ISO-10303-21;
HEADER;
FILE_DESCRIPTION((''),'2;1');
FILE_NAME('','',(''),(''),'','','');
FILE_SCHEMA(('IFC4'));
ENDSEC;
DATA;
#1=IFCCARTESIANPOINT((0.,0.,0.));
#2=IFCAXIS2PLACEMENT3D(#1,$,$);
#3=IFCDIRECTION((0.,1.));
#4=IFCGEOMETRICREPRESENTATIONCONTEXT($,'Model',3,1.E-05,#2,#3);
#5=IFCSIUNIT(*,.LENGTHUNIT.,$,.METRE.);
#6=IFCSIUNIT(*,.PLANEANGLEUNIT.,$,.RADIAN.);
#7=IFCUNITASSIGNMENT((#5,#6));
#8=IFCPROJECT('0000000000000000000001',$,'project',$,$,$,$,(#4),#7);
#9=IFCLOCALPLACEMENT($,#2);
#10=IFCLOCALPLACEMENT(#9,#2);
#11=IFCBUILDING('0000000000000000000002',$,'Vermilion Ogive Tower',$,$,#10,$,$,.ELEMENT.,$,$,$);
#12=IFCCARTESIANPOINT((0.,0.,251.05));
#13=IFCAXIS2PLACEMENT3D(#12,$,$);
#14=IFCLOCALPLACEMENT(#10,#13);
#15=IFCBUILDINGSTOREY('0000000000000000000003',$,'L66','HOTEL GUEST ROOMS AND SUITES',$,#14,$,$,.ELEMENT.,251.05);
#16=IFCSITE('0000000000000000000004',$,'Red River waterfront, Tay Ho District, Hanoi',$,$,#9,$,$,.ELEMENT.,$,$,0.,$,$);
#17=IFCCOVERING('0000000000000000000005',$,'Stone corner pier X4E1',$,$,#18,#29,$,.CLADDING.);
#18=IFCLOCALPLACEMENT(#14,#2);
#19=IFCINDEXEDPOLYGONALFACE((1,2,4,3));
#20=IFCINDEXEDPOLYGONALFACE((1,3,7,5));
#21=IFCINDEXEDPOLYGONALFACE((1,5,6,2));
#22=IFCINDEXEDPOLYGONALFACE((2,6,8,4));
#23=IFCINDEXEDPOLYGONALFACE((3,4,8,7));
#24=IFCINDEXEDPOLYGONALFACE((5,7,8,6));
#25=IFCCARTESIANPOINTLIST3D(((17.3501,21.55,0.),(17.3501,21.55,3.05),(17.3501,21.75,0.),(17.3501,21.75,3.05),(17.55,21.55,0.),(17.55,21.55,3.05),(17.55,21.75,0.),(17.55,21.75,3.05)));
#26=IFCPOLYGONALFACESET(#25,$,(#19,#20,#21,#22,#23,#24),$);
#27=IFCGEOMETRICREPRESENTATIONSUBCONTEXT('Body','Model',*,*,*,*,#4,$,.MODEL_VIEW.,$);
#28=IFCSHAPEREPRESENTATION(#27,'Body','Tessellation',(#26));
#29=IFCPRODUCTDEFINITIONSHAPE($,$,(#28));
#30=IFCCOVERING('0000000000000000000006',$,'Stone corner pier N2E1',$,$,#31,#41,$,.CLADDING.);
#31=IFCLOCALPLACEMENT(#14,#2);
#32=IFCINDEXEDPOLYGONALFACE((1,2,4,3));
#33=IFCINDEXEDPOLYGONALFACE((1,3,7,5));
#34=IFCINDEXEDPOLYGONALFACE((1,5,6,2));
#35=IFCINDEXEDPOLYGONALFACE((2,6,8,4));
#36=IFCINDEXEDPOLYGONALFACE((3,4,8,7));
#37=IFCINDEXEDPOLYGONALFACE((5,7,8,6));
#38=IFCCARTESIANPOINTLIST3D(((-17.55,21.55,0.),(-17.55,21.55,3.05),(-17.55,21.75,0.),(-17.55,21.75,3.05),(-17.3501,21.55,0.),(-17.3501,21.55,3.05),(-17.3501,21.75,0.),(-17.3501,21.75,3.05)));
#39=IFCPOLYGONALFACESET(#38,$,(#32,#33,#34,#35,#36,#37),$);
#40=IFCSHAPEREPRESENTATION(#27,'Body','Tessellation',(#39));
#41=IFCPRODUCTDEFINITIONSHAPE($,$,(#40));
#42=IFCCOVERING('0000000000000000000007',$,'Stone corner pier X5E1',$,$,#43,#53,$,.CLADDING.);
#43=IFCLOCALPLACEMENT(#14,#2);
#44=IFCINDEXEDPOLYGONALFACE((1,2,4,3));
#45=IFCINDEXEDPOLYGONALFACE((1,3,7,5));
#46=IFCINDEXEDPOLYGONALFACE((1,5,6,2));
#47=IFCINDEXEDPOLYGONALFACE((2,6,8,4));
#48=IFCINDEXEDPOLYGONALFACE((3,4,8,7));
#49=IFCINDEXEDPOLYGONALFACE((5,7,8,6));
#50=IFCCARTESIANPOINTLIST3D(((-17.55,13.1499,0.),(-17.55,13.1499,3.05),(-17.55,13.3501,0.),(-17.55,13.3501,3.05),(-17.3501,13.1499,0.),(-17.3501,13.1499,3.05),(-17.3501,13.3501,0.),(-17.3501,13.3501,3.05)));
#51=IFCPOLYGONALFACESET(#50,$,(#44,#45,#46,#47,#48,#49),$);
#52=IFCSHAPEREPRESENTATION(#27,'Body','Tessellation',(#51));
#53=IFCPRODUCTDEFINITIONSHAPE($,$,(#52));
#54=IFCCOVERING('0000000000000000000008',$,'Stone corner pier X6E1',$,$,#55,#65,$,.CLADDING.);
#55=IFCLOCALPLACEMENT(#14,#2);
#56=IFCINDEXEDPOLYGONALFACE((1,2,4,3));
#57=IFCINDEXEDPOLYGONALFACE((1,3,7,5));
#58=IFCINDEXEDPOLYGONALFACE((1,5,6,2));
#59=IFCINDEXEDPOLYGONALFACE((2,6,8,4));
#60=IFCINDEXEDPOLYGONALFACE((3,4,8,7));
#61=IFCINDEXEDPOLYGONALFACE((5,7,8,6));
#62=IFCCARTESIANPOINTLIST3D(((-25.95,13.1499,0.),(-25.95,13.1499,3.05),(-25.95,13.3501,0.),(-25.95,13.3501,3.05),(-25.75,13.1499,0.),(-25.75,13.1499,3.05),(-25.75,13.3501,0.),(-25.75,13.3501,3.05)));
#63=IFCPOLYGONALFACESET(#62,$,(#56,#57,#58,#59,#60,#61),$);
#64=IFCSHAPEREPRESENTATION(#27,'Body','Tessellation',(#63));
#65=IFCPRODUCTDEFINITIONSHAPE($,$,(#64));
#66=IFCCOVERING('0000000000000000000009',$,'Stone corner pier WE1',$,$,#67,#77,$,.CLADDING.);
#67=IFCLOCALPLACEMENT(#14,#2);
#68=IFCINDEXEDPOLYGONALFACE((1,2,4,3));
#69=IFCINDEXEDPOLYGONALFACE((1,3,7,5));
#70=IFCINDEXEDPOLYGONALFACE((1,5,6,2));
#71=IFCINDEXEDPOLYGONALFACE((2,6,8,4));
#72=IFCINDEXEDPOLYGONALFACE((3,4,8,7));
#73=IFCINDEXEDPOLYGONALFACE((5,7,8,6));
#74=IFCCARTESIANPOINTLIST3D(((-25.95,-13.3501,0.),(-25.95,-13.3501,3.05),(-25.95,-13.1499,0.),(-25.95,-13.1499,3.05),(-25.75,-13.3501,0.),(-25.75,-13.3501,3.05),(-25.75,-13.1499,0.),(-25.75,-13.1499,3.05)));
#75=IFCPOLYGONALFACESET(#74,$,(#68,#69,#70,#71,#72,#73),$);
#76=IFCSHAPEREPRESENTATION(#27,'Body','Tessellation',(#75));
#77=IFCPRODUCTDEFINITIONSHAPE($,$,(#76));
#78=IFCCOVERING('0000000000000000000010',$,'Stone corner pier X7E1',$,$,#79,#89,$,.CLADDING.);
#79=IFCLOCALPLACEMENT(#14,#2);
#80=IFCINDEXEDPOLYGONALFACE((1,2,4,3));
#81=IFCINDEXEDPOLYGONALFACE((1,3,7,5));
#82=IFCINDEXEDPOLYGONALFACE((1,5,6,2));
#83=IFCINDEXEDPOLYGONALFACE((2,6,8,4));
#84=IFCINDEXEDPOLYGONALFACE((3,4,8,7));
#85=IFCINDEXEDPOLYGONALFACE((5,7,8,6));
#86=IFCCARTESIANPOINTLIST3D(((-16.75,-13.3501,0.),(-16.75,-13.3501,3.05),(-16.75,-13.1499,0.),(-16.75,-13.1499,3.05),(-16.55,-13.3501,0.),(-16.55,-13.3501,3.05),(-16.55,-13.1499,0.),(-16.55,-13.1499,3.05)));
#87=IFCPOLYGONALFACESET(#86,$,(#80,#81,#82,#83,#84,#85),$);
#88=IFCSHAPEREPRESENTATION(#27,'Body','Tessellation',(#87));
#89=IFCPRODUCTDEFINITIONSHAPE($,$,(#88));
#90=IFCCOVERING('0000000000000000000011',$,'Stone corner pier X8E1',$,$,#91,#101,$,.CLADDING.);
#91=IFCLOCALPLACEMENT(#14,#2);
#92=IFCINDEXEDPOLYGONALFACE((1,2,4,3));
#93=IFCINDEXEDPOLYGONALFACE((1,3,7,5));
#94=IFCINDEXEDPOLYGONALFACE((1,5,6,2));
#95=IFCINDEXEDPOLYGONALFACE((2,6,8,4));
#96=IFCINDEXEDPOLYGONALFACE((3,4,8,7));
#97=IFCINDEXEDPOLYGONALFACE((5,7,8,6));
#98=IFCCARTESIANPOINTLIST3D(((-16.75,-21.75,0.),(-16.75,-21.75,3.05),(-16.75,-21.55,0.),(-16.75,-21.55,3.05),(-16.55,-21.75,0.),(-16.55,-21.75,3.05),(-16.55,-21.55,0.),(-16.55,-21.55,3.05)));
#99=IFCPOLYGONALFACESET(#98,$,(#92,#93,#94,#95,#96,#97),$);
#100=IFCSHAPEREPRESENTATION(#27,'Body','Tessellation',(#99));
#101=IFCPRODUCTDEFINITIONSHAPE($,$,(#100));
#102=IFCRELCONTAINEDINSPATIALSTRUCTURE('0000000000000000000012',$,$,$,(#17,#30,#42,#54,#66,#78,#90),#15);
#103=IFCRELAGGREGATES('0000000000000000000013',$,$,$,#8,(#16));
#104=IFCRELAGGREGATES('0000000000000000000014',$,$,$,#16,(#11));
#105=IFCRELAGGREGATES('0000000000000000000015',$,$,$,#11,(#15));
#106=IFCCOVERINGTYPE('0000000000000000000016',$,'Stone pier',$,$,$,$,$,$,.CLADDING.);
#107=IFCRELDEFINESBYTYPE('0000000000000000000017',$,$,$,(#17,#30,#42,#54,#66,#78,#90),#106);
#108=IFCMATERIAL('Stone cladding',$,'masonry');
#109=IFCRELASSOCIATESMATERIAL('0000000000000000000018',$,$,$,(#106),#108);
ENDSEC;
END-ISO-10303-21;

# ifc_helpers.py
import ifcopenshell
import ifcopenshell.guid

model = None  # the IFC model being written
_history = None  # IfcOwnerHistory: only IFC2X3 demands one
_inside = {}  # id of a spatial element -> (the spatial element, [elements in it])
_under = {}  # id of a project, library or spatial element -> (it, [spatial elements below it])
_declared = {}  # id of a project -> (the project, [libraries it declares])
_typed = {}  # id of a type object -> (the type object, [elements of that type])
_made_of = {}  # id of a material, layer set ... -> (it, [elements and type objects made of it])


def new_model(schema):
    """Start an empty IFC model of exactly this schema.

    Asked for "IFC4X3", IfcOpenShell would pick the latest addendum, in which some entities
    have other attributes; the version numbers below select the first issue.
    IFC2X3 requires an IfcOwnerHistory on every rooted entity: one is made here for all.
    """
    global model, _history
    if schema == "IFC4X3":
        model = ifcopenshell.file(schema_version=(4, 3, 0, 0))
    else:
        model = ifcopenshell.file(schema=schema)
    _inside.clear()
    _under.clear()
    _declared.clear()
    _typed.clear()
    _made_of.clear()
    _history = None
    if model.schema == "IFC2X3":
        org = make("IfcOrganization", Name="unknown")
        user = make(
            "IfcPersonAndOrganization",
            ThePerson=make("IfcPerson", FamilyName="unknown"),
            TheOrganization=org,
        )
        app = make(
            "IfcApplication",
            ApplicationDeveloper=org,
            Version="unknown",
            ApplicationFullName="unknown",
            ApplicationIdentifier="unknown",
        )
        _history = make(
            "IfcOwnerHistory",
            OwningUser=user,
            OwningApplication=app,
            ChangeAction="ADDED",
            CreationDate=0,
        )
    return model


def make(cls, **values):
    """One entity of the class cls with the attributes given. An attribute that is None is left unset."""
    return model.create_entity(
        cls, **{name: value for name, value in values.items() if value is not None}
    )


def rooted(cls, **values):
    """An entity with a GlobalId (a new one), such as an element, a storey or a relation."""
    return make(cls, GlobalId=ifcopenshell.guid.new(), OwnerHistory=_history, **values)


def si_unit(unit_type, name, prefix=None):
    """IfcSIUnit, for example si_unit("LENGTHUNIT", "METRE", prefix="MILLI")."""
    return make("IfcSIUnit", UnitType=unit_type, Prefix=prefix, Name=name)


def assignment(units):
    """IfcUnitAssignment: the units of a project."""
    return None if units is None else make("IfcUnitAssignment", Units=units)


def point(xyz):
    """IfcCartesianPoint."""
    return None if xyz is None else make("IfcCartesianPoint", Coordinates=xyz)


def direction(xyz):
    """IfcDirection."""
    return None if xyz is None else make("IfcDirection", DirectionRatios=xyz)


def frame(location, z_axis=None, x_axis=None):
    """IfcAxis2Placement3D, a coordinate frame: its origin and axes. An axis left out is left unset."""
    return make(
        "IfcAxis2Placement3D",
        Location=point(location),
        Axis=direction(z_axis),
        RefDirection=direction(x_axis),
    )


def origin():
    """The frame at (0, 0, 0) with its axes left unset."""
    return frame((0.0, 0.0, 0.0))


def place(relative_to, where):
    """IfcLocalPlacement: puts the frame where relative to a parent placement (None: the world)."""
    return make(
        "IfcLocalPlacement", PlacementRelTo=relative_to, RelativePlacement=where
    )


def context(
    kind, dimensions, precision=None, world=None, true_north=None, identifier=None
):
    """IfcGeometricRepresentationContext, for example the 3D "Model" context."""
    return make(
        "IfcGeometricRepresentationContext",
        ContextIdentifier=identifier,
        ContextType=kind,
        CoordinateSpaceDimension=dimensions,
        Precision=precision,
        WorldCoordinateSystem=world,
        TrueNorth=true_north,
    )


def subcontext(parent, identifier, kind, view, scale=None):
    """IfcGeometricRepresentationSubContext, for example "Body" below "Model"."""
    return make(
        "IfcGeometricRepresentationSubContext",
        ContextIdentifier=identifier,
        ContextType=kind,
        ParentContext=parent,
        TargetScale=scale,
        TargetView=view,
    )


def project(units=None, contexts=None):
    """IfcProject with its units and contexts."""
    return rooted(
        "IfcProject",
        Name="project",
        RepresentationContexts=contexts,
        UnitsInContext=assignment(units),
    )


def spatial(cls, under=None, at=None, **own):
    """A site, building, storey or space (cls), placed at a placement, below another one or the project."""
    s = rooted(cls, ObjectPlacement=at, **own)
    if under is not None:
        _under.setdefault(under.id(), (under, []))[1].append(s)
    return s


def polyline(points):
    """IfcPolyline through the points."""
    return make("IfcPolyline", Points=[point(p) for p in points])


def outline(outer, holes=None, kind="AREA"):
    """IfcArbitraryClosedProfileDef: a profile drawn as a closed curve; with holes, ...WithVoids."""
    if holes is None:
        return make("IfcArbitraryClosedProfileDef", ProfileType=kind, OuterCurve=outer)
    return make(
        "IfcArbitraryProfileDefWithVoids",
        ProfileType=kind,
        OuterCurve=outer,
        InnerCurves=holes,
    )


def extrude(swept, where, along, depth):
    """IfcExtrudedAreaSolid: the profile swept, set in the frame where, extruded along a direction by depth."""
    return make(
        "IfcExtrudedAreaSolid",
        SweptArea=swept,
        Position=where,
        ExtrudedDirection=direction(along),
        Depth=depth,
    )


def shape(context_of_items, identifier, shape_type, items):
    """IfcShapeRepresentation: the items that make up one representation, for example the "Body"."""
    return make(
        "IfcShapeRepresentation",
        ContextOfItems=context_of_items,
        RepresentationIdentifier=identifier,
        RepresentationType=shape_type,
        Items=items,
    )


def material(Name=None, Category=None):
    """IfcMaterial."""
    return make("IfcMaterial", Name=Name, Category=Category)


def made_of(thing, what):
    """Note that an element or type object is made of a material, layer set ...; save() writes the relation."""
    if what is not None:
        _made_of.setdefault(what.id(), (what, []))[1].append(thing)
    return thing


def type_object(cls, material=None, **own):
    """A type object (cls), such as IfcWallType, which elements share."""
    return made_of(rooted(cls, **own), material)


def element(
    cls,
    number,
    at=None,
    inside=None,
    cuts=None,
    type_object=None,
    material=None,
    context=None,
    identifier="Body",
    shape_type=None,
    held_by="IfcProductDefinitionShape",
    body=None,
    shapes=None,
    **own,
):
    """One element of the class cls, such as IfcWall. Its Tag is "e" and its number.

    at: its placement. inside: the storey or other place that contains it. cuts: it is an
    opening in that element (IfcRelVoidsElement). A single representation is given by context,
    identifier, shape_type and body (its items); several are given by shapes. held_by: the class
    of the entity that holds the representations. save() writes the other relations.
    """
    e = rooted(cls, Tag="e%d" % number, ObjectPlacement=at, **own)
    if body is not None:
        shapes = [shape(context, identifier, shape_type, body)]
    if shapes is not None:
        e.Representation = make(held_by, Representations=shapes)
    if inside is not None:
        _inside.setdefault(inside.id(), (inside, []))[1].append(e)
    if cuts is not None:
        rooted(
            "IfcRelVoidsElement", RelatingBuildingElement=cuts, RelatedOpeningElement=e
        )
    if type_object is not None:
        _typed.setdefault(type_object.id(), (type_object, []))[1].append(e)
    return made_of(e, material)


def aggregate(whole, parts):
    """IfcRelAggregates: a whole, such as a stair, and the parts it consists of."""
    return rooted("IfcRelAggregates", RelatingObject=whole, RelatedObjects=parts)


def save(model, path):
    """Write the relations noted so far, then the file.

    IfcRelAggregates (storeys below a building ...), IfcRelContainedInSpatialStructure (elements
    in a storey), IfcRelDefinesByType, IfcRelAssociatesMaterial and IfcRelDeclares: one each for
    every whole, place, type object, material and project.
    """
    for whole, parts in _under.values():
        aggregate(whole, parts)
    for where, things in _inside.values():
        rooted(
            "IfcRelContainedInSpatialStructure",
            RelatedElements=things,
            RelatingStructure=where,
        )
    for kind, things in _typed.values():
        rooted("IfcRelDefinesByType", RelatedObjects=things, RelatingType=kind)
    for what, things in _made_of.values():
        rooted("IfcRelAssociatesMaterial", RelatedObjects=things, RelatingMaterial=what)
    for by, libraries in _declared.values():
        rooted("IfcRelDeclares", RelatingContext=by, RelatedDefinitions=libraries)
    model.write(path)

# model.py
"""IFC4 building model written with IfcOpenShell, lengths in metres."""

from ifc_helpers import new_model, si_unit, direction, frame, origin, place, context, subcontext, project, spatial, polyline, outline, extrude, material, type_object, element, save


model = new_model("IFC4")

# Units and contexts
model_context = context("Model", 3, precision=1e-05, world=origin(), true_north=direction((0.0, 1.0)))
body_context = subcontext(model_context, "Body", "Model", "MODEL_VIEW")
ifc_project = project(units=[si_unit("LENGTHUNIT", "METRE"), si_unit("PLANEANGLEUNIT", "RADIAN")], contexts=[model_context])

# Site, building, storey
site_placement = place(None, origin())
site = spatial("IfcSite", under=ifc_project, at=site_placement, Name="Red River waterfront, Tay Ho District, Hanoi", CompositionType="ELEMENT", RefElevation=0.0)
building_placement = place(site_placement, origin())
building = spatial("IfcBuilding", under=site, at=building_placement, Name="Vermilion Ogive Tower", CompositionType="ELEMENT")
storey_placement = place(building_placement, frame((0.0, 0.0, 251.05)))
storey = spatial("IfcBuildingStorey", under=building, at=storey_placement, Name="L66", Description="HOTEL GUEST ROOMS AND SUITES", CompositionType="ELEMENT", Elevation=251.05)

# Coverings
ifc_material_1 = material(Name="Stone cladding", Category="masonry")
covering_type_1 = type_object("IfcCoveringType", Name="Stone pier", PredefinedType="CLADDING", material=ifc_material_1)
covering_1_placement = place(storey_placement, origin())
element("IfcCovering", 1, at=covering_1_placement, inside=storey, type_object=covering_type_1, Name="Stone corner pier X4E1", PredefinedType="CLADDING", context=body_context, shape_type="SweptSolid", body=[
    extrude(outline(polyline([(17.3501, 21.55), (17.3501, 21.75), (17.55, 21.75), (17.55, 21.55), (17.3501, 21.55)])), origin(), (0.0, 0.0, 1.0), 3.05),
])
covering_2_placement = place(storey_placement, origin())
element("IfcCovering", 2, at=covering_2_placement, inside=storey, type_object=covering_type_1, Name="Stone corner pier N2E1", PredefinedType="CLADDING", context=body_context, shape_type="SweptSolid", body=[
    extrude(outline(polyline([(-17.3501, 21.55), (-17.55, 21.55), (-17.55, 21.75), (-17.3501, 21.75), (-17.3501, 21.55)])), origin(), (0.0, 0.0, 1.0), 3.05),
])
covering_3_placement = place(storey_placement, origin())
element("IfcCovering", 3, at=covering_3_placement, inside=storey, type_object=covering_type_1, Name="Stone corner pier X5E1", PredefinedType="CLADDING", context=body_context, shape_type="SweptSolid", body=[
    extrude(outline(polyline([(-17.3501, 13.1499), (-17.55, 13.1499), (-17.55, 13.3501), (-17.3501, 13.3501), (-17.3501, 13.1499)])), origin(), (0.0, 0.0, 1.0), 3.05),
])
covering_4_placement = place(storey_placement, origin())
element("IfcCovering", 4, at=covering_4_placement, inside=storey, type_object=covering_type_1, Name="Stone corner pier X6E1", PredefinedType="CLADDING", context=body_context, shape_type="SweptSolid", body=[
    extrude(outline(polyline([(-25.75, 13.1499), (-25.95, 13.1499), (-25.95, 13.3501), (-25.75, 13.3501), (-25.75, 13.1499)])), origin(), (0.0, 0.0, 1.0), 3.05),
])
covering_5_placement = place(storey_placement, origin())
element("IfcCovering", 5, at=covering_5_placement, inside=storey, type_object=covering_type_1, Name="Stone corner pier WE1", PredefinedType="CLADDING", context=body_context, shape_type="SweptSolid", body=[
    extrude(outline(polyline([(-25.75, -13.1499), (-25.75, -13.3501), (-25.95, -13.3501), (-25.95, -13.1499), (-25.75, -13.1499)])), origin(), (0.0, 0.0, 1.0), 3.05),
])
covering_6_placement = place(storey_placement, origin())
element("IfcCovering", 6, at=covering_6_placement, inside=storey, type_object=covering_type_1, Name="Stone corner pier X7E1", PredefinedType="CLADDING", context=body_context, shape_type="SweptSolid", body=[
    extrude(outline(polyline([(-16.55, -13.1499), (-16.55, -13.3501), (-16.75, -13.3501), (-16.75, -13.1499), (-16.55, -13.1499)])), origin(), (0.0, 0.0, 1.0), 3.05),
])
covering_7_placement = place(storey_placement, origin())
element("IfcCovering", 7, at=covering_7_placement, inside=storey, type_object=covering_type_1, Name="Stone corner pier X8E1", PredefinedType="CLADDING", context=body_context, shape_type="SweptSolid", body=[
    extrude(outline(polyline([(-16.55, -21.55), (-16.55, -21.75), (-16.75, -21.75), (-16.75, -21.55), (-16.55, -21.55)])), origin(), (0.0, 0.0, 1.0), 3.05),
])

save(model, "model.ifc")
